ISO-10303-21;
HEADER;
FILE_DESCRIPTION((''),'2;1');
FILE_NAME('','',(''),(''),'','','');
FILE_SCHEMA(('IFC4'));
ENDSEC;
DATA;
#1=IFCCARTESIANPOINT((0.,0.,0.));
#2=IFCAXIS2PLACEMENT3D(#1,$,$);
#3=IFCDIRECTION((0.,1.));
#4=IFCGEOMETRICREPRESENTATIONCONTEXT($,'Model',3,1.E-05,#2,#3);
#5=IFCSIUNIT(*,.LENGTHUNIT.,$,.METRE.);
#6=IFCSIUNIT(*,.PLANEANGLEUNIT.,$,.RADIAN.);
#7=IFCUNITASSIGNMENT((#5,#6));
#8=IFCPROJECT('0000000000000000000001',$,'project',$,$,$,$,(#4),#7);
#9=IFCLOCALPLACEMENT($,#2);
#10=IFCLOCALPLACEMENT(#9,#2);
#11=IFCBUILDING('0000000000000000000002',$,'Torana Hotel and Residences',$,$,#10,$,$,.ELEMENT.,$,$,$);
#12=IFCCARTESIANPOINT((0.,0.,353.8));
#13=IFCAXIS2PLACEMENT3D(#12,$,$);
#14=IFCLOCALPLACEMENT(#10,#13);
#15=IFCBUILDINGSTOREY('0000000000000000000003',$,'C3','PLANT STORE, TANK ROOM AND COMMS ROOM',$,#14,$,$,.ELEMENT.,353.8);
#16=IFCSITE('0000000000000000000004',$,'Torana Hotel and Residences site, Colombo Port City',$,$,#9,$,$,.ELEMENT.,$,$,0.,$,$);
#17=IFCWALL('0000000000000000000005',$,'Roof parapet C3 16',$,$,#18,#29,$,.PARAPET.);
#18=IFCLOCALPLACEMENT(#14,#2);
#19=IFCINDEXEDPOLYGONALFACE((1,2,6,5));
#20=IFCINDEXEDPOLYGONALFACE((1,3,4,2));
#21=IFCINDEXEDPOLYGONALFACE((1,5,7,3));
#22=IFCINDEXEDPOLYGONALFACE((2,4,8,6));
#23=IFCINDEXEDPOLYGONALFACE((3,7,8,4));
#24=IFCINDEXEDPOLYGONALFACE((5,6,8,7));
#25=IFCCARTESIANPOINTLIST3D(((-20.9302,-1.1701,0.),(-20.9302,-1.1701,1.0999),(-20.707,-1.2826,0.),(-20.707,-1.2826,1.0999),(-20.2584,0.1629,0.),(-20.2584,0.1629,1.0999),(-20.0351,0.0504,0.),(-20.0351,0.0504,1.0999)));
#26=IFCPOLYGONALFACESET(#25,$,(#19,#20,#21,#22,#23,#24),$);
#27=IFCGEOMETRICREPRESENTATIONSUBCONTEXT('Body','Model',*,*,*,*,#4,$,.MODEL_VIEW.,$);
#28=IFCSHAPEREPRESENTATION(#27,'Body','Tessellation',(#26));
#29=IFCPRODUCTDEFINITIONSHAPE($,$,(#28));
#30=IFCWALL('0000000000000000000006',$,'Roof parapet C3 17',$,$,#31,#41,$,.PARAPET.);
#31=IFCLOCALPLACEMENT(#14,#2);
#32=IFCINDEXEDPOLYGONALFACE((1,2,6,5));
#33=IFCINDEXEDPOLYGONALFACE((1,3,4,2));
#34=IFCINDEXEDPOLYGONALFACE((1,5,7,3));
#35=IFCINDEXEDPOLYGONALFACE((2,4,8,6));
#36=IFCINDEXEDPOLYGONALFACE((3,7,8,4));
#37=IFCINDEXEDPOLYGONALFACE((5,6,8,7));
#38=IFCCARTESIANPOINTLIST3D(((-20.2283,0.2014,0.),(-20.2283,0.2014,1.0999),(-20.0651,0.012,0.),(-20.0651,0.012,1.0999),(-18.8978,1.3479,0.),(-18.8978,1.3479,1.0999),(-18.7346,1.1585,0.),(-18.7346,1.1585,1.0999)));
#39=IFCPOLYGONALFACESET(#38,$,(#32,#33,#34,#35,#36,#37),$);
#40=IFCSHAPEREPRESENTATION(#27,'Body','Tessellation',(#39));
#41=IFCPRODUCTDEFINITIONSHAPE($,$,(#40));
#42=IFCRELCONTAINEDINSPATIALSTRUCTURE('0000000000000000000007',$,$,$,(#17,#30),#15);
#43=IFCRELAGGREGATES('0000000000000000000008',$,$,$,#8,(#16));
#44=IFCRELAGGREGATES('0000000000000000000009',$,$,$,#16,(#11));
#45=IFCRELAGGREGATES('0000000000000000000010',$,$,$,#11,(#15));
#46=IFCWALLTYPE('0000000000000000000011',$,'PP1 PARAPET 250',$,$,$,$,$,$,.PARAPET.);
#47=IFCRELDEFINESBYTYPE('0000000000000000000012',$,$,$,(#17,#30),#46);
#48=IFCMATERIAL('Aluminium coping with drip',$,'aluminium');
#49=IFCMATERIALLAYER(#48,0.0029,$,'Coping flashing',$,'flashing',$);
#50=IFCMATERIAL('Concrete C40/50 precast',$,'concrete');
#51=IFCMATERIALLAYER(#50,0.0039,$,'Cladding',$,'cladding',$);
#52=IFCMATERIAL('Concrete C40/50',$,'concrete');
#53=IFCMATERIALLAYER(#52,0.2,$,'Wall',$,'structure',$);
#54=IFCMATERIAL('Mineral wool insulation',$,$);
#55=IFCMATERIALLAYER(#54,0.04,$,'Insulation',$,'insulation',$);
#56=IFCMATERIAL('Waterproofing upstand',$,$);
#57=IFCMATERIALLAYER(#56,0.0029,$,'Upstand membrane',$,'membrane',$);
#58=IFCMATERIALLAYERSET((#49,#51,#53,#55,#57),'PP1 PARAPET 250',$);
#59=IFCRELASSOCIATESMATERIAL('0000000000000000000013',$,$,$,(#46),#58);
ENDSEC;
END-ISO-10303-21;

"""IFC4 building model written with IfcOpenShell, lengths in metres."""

from ifc_helpers import new_model, si_unit, direction, frame, frame_2d, origin, place, context, subcontext, project, spatial, rectangle, extrude, material, layer, layer_set, type_object, element, save


model = new_model("IFC4")

# Units and contexts
model_context = context("Model", 3, precision=1e-05, world=origin(), true_north=direction((0.0, 1.0)))
body_context = subcontext(model_context, "Body", "Model", "MODEL_VIEW")
ifc_project = project(units=[si_unit("LENGTHUNIT", "METRE"), si_unit("PLANEANGLEUNIT", "RADIAN")], contexts=[model_context])

# Site, building, storey
site_placement = place(None, origin())
site = spatial("IfcSite", under=ifc_project, at=site_placement, Name="Torana Hotel and Residences site, Colombo Port City", CompositionType="ELEMENT", RefElevation=0.0)
building_placement = place(site_placement, origin())
building = spatial("IfcBuilding", under=site, at=building_placement, Name="Torana Hotel and Residences", CompositionType="ELEMENT")
storey_placement = place(building_placement, frame((0.0, 0.0, 353.8)))
storey = spatial("IfcBuildingStorey", under=building, at=storey_placement, Name="C3", Description="PLANT STORE, TANK ROOM AND COMMS ROOM", CompositionType="ELEMENT", Elevation=353.8)

# Walls
ifc_material_1 = material(Name="Aluminium coping with drip", Category="aluminium")
ifc_layer_1 = layer(ifc_material_1, 0.0029, Name="Coping flashing", Category="flashing")
ifc_material_2 = material(Name="Concrete C40/50 precast", Category="concrete")
ifc_layer_2 = layer(ifc_material_2, 0.0039, Name="Cladding", Category="cladding")
ifc_material_3 = material(Name="Concrete C40/50", Category="concrete")
ifc_layer_3 = layer(ifc_material_3, 0.2, Name="Wall", Category="structure")
ifc_material_4 = material(Name="Mineral wool insulation")
ifc_layer_4 = layer(ifc_material_4, 0.04, Name="Insulation", Category="insulation")
ifc_material_5 = material(Name="Waterproofing upstand")
ifc_layer_5 = layer(ifc_material_5, 0.0029, Name="Upstand membrane", Category="membrane")
ifc_layer_set_1 = layer_set([ifc_layer_1, ifc_layer_2, ifc_layer_3, ifc_layer_4, ifc_layer_5], Name="PP1 PARAPET 250")
wall_type_1 = type_object("IfcWallType", Name="PP1 PARAPET 250", PredefinedType="PARAPET", material=ifc_layer_set_1)
wall_1_placement = place(storey_placement, frame((-20.8186, -1.2263, 0.0), z_axis=(0.0, 0.0, 1.0), x_axis=(0.45009, 0.892983, 0.0)))
element("IfcWall", 1, at=wall_1_placement, inside=storey, type_object=wall_type_1, Name="Roof parapet C3 16", PredefinedType="PARAPET", context=body_context, shape_type="SweptSolid", body=[
    extrude(rectangle(XDim=1.4927, YDim=0.25, at=frame_2d((0.7463, 0.0))), origin(), (0.0, 0.0, 1.0), 1.0999),
])
wall_2_placement = place(storey_placement, frame((-20.1467, 0.1067, 0.0), z_axis=(0.0, 0.0, 1.0), x_axis=(0.757566, 0.652758, 0.0)))
element("IfcWall", 2, at=wall_2_placement, inside=storey, type_object=wall_type_1, Name="Roof parapet C3 17", PredefinedType="PARAPET", context=body_context, shape_type="SweptSolid", body=[
    extrude(rectangle(XDim=1.7563, YDim=0.25, at=frame_2d((0.8782, 0.0))), origin(), (0.0, 0.0, 1.0), 1.0999),
])

save(model, "model.ifc")
